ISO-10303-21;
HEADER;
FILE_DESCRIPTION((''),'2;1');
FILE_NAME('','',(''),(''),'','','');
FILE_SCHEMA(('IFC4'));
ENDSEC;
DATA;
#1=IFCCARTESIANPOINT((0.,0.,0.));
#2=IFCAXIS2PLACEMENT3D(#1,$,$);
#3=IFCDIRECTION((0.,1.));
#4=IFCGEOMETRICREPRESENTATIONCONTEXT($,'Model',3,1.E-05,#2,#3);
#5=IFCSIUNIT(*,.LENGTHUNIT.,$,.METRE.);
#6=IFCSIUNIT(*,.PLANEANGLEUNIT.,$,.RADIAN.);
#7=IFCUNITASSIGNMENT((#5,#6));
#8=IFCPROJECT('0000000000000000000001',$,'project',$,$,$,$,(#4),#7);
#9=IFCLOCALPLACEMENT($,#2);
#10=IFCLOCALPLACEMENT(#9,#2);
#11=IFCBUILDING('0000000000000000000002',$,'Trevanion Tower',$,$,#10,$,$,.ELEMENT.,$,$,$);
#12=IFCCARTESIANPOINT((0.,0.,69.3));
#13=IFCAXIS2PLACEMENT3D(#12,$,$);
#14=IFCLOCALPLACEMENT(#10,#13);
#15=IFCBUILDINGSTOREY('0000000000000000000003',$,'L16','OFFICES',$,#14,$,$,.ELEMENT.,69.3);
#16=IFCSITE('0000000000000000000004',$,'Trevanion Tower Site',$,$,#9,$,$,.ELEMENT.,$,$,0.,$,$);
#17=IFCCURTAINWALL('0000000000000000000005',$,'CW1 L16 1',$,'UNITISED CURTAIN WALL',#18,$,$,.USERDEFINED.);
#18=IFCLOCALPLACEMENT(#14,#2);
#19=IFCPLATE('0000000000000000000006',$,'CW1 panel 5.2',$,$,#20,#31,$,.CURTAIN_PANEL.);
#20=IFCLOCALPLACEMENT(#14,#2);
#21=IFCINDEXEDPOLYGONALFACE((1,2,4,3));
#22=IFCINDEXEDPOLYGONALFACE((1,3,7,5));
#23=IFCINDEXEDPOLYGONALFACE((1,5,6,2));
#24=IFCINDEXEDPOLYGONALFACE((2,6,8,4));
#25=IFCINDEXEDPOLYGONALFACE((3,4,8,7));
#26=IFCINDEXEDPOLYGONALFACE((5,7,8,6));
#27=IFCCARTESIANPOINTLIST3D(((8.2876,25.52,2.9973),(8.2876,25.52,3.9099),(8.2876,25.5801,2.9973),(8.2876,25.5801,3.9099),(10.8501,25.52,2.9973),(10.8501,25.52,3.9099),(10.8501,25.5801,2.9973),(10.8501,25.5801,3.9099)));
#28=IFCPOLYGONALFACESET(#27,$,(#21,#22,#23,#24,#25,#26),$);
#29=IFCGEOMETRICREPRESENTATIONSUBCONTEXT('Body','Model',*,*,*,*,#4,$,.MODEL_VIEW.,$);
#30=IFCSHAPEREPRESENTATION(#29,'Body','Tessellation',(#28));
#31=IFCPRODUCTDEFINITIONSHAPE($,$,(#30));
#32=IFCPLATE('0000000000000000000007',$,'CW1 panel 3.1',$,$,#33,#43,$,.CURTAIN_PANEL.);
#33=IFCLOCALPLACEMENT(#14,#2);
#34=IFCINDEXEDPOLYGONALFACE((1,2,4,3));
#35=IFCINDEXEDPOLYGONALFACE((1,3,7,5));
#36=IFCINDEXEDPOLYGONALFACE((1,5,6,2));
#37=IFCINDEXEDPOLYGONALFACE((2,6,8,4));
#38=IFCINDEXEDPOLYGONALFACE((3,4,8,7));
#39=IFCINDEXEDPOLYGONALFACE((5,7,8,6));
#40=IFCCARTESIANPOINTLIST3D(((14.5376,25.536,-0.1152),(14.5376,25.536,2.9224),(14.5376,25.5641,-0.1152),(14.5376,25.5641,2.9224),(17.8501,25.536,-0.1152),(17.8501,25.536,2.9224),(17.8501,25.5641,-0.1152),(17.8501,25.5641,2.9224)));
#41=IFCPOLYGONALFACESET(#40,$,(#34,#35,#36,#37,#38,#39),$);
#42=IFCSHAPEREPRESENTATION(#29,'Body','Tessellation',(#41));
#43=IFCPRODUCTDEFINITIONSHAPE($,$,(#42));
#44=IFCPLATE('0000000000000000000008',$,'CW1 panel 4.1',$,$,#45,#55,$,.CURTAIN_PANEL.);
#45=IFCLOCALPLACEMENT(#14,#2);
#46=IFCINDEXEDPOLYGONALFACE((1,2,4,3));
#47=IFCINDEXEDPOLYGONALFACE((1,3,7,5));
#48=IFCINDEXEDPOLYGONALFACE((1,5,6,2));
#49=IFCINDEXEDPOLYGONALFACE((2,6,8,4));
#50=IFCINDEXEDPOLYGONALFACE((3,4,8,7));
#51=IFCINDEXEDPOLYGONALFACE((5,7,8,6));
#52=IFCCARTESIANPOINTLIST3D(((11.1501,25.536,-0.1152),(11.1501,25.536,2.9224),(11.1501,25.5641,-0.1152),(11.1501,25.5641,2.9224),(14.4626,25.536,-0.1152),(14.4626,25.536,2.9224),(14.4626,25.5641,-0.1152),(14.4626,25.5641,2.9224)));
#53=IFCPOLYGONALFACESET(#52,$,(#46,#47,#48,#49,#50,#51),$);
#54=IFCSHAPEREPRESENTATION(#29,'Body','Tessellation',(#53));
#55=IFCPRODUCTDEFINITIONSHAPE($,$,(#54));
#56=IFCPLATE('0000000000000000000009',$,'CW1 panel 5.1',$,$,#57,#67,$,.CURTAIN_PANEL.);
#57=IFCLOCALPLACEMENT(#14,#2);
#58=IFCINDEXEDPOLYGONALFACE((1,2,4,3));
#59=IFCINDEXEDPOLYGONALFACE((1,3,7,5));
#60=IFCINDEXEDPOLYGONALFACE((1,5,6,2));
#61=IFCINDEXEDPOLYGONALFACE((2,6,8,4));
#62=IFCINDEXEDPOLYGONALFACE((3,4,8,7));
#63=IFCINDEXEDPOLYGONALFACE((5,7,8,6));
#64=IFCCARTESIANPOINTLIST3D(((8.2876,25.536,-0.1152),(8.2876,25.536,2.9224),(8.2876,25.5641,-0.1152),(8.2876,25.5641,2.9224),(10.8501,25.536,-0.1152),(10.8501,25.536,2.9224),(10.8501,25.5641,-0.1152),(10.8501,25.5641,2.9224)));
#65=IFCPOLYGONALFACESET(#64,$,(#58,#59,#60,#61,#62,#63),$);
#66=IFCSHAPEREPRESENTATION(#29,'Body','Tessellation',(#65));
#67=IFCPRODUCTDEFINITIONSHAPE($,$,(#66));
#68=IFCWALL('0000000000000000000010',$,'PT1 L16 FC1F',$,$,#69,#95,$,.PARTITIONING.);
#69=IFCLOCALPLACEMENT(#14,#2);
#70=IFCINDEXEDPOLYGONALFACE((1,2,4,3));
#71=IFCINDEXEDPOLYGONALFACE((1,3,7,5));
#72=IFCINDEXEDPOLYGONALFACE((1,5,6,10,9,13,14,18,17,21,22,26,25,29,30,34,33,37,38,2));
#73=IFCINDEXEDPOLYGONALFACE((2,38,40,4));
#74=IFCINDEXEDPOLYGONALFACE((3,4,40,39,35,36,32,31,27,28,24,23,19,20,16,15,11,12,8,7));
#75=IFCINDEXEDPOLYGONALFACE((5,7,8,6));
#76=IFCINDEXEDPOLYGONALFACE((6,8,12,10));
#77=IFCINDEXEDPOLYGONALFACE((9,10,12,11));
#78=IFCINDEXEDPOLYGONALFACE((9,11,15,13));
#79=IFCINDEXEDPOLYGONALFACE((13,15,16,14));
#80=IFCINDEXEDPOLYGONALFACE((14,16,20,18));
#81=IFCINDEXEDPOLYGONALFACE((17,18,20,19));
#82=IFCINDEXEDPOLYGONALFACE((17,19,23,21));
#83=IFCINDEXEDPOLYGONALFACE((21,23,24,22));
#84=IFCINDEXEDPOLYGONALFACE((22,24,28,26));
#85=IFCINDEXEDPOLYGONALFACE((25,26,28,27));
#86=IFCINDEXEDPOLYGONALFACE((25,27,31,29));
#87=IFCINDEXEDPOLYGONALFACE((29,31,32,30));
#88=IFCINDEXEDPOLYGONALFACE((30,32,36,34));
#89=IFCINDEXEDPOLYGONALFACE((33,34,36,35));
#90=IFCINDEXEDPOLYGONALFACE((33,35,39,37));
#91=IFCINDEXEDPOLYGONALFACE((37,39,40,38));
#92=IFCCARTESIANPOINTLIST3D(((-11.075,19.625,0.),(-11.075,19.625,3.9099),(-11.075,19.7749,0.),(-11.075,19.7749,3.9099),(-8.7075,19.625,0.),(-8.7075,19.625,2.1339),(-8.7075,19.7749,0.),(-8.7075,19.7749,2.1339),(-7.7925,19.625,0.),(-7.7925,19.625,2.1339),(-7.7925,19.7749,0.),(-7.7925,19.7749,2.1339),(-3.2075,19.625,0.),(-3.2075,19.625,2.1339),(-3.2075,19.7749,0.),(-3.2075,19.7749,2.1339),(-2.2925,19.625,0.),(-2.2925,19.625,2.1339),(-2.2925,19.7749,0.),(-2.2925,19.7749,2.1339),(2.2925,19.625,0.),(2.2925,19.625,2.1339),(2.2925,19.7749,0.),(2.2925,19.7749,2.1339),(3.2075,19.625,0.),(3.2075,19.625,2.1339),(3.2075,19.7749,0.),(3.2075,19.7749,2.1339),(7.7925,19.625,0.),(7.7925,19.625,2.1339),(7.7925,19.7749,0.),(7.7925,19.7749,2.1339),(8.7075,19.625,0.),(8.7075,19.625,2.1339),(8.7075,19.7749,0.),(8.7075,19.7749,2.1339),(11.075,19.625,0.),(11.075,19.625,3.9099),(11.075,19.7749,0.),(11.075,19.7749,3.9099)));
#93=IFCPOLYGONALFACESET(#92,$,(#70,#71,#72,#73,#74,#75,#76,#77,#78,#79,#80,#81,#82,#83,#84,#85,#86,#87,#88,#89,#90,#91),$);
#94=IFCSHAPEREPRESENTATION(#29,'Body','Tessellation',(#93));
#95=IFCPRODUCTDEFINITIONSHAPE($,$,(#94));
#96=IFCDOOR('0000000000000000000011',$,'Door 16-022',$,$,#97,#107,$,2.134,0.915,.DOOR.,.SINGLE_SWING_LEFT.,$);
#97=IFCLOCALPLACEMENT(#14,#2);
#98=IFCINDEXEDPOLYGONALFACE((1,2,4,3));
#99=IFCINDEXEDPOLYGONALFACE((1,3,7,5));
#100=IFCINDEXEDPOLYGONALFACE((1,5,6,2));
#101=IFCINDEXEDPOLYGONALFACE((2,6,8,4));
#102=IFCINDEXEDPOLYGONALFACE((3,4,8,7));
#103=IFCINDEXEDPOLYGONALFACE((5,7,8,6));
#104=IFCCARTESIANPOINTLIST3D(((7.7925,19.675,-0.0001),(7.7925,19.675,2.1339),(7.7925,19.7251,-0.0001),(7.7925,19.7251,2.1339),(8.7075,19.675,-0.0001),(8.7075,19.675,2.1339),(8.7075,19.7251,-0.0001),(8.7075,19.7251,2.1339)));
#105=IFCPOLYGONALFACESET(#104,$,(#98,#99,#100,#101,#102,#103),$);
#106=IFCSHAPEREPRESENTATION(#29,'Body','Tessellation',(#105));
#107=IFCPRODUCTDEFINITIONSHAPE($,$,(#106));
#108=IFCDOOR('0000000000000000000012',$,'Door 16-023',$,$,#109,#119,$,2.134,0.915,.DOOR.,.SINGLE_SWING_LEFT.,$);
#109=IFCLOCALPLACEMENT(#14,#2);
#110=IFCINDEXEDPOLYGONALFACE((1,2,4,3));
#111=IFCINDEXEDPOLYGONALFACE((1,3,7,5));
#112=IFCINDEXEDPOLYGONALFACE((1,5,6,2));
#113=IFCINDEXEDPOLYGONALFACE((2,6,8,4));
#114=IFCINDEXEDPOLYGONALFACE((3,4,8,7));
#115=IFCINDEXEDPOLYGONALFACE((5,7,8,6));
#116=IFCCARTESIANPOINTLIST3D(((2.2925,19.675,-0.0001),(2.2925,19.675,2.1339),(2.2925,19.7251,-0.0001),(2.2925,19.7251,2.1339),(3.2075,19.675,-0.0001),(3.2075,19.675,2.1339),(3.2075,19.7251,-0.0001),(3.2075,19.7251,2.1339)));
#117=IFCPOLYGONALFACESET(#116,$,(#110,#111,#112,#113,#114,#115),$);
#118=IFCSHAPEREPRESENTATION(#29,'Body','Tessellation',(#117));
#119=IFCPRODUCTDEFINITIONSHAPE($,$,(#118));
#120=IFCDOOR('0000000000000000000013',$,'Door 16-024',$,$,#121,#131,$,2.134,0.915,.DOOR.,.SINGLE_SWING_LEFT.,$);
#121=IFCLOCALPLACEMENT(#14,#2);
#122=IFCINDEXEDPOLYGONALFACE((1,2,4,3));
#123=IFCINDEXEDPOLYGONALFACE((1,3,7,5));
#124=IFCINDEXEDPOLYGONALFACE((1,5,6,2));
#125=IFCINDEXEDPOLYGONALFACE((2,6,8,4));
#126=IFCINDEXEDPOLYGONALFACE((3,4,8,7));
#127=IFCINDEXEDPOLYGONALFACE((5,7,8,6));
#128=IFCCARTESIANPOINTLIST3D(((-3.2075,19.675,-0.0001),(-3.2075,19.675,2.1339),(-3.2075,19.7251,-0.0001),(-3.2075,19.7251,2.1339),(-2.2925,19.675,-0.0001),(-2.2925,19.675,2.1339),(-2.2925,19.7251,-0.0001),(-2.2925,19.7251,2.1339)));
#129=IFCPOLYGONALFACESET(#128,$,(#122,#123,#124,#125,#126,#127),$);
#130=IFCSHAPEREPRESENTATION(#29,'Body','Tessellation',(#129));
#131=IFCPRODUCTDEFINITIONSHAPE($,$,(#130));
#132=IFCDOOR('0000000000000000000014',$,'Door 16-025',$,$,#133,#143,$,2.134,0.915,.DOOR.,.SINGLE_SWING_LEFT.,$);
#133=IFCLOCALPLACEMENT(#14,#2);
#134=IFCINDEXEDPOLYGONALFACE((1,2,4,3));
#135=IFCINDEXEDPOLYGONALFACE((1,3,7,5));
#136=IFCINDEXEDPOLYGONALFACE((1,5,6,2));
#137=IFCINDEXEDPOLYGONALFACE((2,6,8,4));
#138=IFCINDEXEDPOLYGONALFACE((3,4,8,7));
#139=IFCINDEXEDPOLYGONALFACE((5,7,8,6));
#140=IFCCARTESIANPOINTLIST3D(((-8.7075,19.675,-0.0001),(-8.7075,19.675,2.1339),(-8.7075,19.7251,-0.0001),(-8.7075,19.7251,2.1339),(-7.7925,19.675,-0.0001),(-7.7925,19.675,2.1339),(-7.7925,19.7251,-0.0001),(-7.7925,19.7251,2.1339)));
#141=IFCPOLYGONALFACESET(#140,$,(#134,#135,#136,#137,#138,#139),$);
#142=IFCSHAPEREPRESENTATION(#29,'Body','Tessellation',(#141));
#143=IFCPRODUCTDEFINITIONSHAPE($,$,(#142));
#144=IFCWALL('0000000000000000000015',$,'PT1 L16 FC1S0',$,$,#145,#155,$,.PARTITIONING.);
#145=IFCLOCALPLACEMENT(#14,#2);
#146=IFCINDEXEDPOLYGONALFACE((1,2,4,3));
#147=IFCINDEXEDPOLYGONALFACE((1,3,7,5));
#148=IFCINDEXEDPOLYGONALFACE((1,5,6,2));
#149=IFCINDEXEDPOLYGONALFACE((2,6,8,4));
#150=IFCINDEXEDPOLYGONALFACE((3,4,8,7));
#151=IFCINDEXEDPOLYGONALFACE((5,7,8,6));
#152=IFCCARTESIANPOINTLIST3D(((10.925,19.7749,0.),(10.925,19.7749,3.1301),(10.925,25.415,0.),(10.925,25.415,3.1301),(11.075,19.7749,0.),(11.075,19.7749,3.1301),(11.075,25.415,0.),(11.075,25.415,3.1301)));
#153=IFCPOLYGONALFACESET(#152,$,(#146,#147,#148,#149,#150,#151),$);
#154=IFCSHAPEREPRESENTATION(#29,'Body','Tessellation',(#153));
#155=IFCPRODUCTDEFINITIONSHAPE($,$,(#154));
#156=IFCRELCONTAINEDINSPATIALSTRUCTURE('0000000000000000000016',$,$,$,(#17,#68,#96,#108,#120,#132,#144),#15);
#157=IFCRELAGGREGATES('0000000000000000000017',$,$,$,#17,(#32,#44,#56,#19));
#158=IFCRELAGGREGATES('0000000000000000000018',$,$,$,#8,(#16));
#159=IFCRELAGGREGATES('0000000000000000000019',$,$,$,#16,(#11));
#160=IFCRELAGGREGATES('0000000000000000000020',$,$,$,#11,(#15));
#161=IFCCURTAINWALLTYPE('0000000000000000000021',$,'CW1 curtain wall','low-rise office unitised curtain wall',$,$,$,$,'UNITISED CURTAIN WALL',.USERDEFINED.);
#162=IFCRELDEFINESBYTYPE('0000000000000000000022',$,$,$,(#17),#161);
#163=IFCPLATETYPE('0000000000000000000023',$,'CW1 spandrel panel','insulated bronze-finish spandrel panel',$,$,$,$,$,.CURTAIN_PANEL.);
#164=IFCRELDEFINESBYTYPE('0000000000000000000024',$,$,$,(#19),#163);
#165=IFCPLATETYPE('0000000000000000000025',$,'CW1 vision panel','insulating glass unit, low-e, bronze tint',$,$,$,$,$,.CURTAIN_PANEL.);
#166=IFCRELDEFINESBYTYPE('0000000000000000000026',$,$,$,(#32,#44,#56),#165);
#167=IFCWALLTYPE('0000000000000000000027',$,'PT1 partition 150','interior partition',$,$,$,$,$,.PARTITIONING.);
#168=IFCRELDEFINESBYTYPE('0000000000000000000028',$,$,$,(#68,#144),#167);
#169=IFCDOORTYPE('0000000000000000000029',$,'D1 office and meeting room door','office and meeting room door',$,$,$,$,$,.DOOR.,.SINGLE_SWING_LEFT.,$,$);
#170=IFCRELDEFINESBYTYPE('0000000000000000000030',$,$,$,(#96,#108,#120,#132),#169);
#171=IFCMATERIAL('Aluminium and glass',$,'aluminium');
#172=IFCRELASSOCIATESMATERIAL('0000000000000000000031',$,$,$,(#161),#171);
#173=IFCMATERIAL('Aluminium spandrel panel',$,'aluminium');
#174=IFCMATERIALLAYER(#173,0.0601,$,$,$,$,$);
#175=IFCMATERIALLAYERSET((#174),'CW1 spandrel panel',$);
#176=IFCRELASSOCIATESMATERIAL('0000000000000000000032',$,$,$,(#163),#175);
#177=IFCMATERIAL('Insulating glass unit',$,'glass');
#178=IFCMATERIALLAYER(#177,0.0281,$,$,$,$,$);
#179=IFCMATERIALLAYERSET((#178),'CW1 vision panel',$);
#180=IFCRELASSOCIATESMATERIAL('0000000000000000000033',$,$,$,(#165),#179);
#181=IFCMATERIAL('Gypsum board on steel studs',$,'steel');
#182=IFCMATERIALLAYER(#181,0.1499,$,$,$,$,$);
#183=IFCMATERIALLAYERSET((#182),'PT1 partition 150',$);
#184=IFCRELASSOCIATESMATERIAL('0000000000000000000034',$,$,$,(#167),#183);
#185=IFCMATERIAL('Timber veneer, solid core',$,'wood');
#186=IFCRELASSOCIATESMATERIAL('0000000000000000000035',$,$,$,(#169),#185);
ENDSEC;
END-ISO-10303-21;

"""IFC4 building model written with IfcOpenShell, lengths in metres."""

from ifc_helpers import new_model, si_unit, direction, frame, frame_2d, origin, origin_2d, place, context, subcontext, project, spatial, rectangle, extrude, material, layer, layer_set, type_object, element, fill, aggregate, save


model = new_model("IFC4")

# Units and contexts
model_context = context("Model", 3, precision=1e-05, world=origin(), true_north=direction((0.0, 1.0)))
body_context = subcontext(model_context, "Body", "Model", "MODEL_VIEW")
ifc_project = project(units=[si_unit("LENGTHUNIT", "METRE"), si_unit("PLANEANGLEUNIT", "RADIAN")], contexts=[model_context])

# Site, building, storey
site_placement = place(None, origin())
site = spatial("IfcSite", under=ifc_project, at=site_placement, Name="Trevanion Tower Site", CompositionType="ELEMENT", RefElevation=0.0)
building_placement = place(site_placement, origin())
building = spatial("IfcBuilding", under=site, at=building_placement, Name="Trevanion Tower", CompositionType="ELEMENT")
storey_placement = place(building_placement, frame((0.0, 0.0, 69.3)))
storey = spatial("IfcBuildingStorey", under=building, at=storey_placement, Name="L16", Description="OFFICES", CompositionType="ELEMENT", Elevation=69.3)

# Curtain wall
ifc_material_1 = material(Name="Aluminium and glass", Category="aluminium")
curtain_wall_type = type_object("IfcCurtainWallType", Name="CW1 curtain wall", Description="low-rise office unitised curtain wall", ElementType="UNITISED CURTAIN WALL", PredefinedType="USERDEFINED", material=ifc_material_1)
curtain_wall_placement = place(storey_placement, origin())
curtain_wall = element("IfcCurtainWall", 1, at=curtain_wall_placement, inside=storey, type_object=curtain_wall_type, Name="CW1 L16 1", ObjectType="UNITISED CURTAIN WALL", PredefinedType="USERDEFINED")

# Plates
ifc_material_2 = material(Name="Aluminium spandrel panel", Category="aluminium")
ifc_layer_1 = layer(ifc_material_2, 0.0601)
ifc_layer_set_1 = layer_set([ifc_layer_1], Name="CW1 spandrel panel")
plate_type_1 = type_object("IfcPlateType", Name="CW1 spandrel panel", Description="insulated bronze-finish spandrel panel", PredefinedType="CURTAIN_PANEL", material=ifc_layer_set_1)
plate_1_placement = place(storey_placement, frame((9.5688, 25.55, 2.9973), z_axis=(0.0, 0.0, 1.0), x_axis=(-1.0, 0.0, 0.0)))
plate_1 = element("IfcPlate", 2, at=plate_1_placement, type_object=plate_type_1, Name="CW1 panel 5.2", PredefinedType="CURTAIN_PANEL", context=body_context, shape_type="SweptSolid", body=[
    extrude(rectangle(XDim=2.5625, YDim=0.0601, at=origin_2d()), origin(), (0.0, 0.0, 1.0), 0.9126),
])
ifc_material_3 = material(Name="Insulating glass unit", Category="glass")
ifc_layer_2 = layer(ifc_material_3, 0.0281)
ifc_layer_set_2 = layer_set([ifc_layer_2], Name="CW1 vision panel")
plate_type_2 = type_object("IfcPlateType", Name="CW1 vision panel", Description="insulating glass unit, low-e, bronze tint", PredefinedType="CURTAIN_PANEL", material=ifc_layer_set_2)
plate_2_placement = place(storey_placement, frame((16.1938, 25.55, -0.1152), z_axis=(0.0, 0.0, 1.0), x_axis=(-1.0, 0.0, 0.0)))
plate_2 = element("IfcPlate", 3, at=plate_2_placement, type_object=plate_type_2, Name="CW1 panel 3.1", PredefinedType="CURTAIN_PANEL", context=body_context, shape_type="SweptSolid", body=[
    extrude(rectangle(XDim=3.3125, YDim=0.0281, at=origin_2d()), origin(), (0.0, 0.0, 1.0), 3.0376),
])
plate_3_placement = place(storey_placement, frame((12.8064, 25.55, -0.1152), z_axis=(0.0, 0.0, 1.0), x_axis=(-1.0, 0.0, 0.0)))
plate_3 = element("IfcPlate", 4, at=plate_3_placement, type_object=plate_type_2, Name="CW1 panel 4.1", PredefinedType="CURTAIN_PANEL", context=body_context, shape_type="SweptSolid", body=[
    extrude(rectangle(XDim=3.3125, YDim=0.0281, at=origin_2d()), origin(), (0.0, 0.0, 1.0), 3.0376),
])
plate_4_placement = place(storey_placement, frame((9.5688, 25.55, -0.1152), z_axis=(0.0, 0.0, 1.0), x_axis=(-1.0, 0.0, 0.0)))
plate_4 = element("IfcPlate", 5, at=plate_4_placement, type_object=plate_type_2, Name="CW1 panel 5.1", PredefinedType="CURTAIN_PANEL", context=body_context, shape_type="SweptSolid", body=[
    extrude(rectangle(XDim=2.5625, YDim=0.0281, at=origin_2d()), origin(), (0.0, 0.0, 1.0), 3.0376),
])
aggregate(curtain_wall, [plate_2, plate_3, plate_4, plate_1])

# Wall, openings, doors
ifc_material_4 = material(Name="Gypsum board on steel studs", Category="steel")
ifc_layer_3 = layer(ifc_material_4, 0.1499)
ifc_layer_set_3 = layer_set([ifc_layer_3], Name="PT1 partition 150")
wall_type = type_object("IfcWallType", Name="PT1 partition 150", Description="interior partition", PredefinedType="PARTITIONING", material=ifc_layer_set_3)
wall_1_placement = place(storey_placement, frame((11.075, 19.7, 0.0), z_axis=(0.0, 0.0, 1.0), x_axis=(-1.0, 0.0, 0.0)))
wall_1 = element("IfcWall", 6, at=wall_1_placement, inside=storey, type_object=wall_type, Name="PT1 L16 FC1F", PredefinedType="PARTITIONING", context=body_context, shape_type="SweptSolid", body=[
    extrude(rectangle(XDim=22.1499, YDim=0.1499, at=frame_2d((11.075, 0.0))), origin(), (0.0, 0.0, 1.0), 3.9099),
])
opening_1_placement = place(wall_1_placement, frame((2.3674, 0.0, 0.0)))
opening_1 = element("IfcOpeningElement", 7, at=opening_1_placement, cuts=wall_1, PredefinedType="OPENING", context=body_context, shape_type="SweptSolid", body=[
    extrude(rectangle(XDim=0.915, YDim=2.134, at=frame_2d((0.4575, 1.0669))), frame((0.0, 0.085, 0.0), z_axis=(0.0, -1.0, 0.0), x_axis=(1.0, 0.0, 0.0)), (0.0, 0.0, 1.0), 0.1699),
])
opening_2_placement = place(wall_1_placement, frame((7.8674, 0.0, 0.0)))
opening_2 = element("IfcOpeningElement", 8, at=opening_2_placement, cuts=wall_1, PredefinedType="OPENING", context=body_context, shape_type="SweptSolid", body=[
    extrude(rectangle(XDim=0.915, YDim=2.134, at=frame_2d((0.4575, 1.0669))), frame((0.0, 0.085, 0.0), z_axis=(0.0, -1.0, 0.0), x_axis=(1.0, 0.0, 0.0)), (0.0, 0.0, 1.0), 0.1699),
])
opening_3_placement = place(wall_1_placement, frame((13.3674, 0.0, 0.0)))
opening_3 = element("IfcOpeningElement", 9, at=opening_3_placement, cuts=wall_1, PredefinedType="OPENING", context=body_context, shape_type="SweptSolid", body=[
    extrude(rectangle(XDim=0.915, YDim=2.134, at=frame_2d((0.4575, 1.0669))), frame((0.0, 0.085, 0.0), z_axis=(0.0, -1.0, 0.0), x_axis=(1.0, 0.0, 0.0)), (0.0, 0.0, 1.0), 0.1699),
])
opening_4_placement = place(wall_1_placement, frame((18.8674, 0.0, 0.0)))
opening_4 = element("IfcOpeningElement", 10, at=opening_4_placement, cuts=wall_1, PredefinedType="OPENING", context=body_context, shape_type="SweptSolid", body=[
    extrude(rectangle(XDim=0.915, YDim=2.134, at=frame_2d((0.4575, 1.0669))), frame((0.0, 0.085, 0.0), z_axis=(0.0, -1.0, 0.0), x_axis=(1.0, 0.0, 0.0)), (0.0, 0.0, 1.0), 0.1699),
])
ifc_material_5 = material(Name="Timber veneer, solid core", Category="wood")
door_type = type_object("IfcDoorType", Name="D1 office and meeting room door", Description="office and meeting room door", OperationType="SINGLE_SWING_LEFT", PredefinedType="DOOR", material=ifc_material_5)
door_1_placement = place(opening_1_placement, origin())
door_1 = element("IfcDoor", 11, at=door_1_placement, inside=storey, type_object=door_type, Name="Door 16-022", OperationType="SINGLE_SWING_LEFT", OverallHeight=2.134, OverallWidth=0.915, PredefinedType="DOOR", context=body_context, shape_type="SweptSolid", body=[
    extrude(rectangle(XDim=0.915, YDim=2.134, at=frame_2d((0.4575, 1.0669))), frame((0.0, 0.0249, 0.0), z_axis=(0.0, -1.0, 0.0), x_axis=(1.0, 0.0, 0.0)), (0.0, 0.0, 1.0), 0.05),
])
fill(opening_1, door_1)
door_2_placement = place(opening_2_placement, origin())
door_2 = element("IfcDoor", 12, at=door_2_placement, inside=storey, type_object=door_type, Name="Door 16-023", OperationType="SINGLE_SWING_LEFT", OverallHeight=2.134, OverallWidth=0.915, PredefinedType="DOOR", context=body_context, shape_type="SweptSolid", body=[
    extrude(rectangle(XDim=0.915, YDim=2.134, at=frame_2d((0.4575, 1.0669))), frame((0.0, 0.0249, 0.0), z_axis=(0.0, -1.0, 0.0), x_axis=(1.0, 0.0, 0.0)), (0.0, 0.0, 1.0), 0.05),
])
fill(opening_2, door_2)
door_3_placement = place(opening_3_placement, origin())
door_3 = element("IfcDoor", 13, at=door_3_placement, inside=storey, type_object=door_type, Name="Door 16-024", OperationType="SINGLE_SWING_LEFT", OverallHeight=2.134, OverallWidth=0.915, PredefinedType="DOOR", context=body_context, shape_type="SweptSolid", body=[
    extrude(rectangle(XDim=0.915, YDim=2.134, at=frame_2d((0.4575, 1.0669))), frame((0.0, 0.0249, 0.0), z_axis=(0.0, -1.0, 0.0), x_axis=(1.0, 0.0, 0.0)), (0.0, 0.0, 1.0), 0.05),
])
fill(opening_3, door_3)
door_4_placement = place(opening_4_placement, origin())
door_4 = element("IfcDoor", 14, at=door_4_placement, inside=storey, type_object=door_type, Name="Door 16-025", OperationType="SINGLE_SWING_LEFT", OverallHeight=2.134, OverallWidth=0.915, PredefinedType="DOOR", context=body_context, shape_type="SweptSolid", body=[
    extrude(rectangle(XDim=0.915, YDim=2.134, at=frame_2d((0.4575, 1.0669))), frame((0.0, 0.0249, 0.0), z_axis=(0.0, -1.0, 0.0), x_axis=(1.0, 0.0, 0.0)), (0.0, 0.0, 1.0), 0.05),
])
fill(opening_4, door_4)

# Wall
wall_2_placement = place(storey_placement, frame((11.0, 19.7749, 0.0), z_axis=(0.0, 0.0, 1.0), x_axis=(0.0, 1.0, 0.0)))
element("IfcWall", 15, at=wall_2_placement, inside=storey, type_object=wall_type, Name="PT1 L16 FC1S0", PredefinedType="PARTITIONING", context=body_context, shape_type="SweptSolid", body=[
    extrude(rectangle(XDim=5.6401, YDim=0.1499, at=frame_2d((2.8201, 0.0))), origin(), (0.0, 0.0, 1.0), 3.1301),
])

save(model, "model.ifc")
